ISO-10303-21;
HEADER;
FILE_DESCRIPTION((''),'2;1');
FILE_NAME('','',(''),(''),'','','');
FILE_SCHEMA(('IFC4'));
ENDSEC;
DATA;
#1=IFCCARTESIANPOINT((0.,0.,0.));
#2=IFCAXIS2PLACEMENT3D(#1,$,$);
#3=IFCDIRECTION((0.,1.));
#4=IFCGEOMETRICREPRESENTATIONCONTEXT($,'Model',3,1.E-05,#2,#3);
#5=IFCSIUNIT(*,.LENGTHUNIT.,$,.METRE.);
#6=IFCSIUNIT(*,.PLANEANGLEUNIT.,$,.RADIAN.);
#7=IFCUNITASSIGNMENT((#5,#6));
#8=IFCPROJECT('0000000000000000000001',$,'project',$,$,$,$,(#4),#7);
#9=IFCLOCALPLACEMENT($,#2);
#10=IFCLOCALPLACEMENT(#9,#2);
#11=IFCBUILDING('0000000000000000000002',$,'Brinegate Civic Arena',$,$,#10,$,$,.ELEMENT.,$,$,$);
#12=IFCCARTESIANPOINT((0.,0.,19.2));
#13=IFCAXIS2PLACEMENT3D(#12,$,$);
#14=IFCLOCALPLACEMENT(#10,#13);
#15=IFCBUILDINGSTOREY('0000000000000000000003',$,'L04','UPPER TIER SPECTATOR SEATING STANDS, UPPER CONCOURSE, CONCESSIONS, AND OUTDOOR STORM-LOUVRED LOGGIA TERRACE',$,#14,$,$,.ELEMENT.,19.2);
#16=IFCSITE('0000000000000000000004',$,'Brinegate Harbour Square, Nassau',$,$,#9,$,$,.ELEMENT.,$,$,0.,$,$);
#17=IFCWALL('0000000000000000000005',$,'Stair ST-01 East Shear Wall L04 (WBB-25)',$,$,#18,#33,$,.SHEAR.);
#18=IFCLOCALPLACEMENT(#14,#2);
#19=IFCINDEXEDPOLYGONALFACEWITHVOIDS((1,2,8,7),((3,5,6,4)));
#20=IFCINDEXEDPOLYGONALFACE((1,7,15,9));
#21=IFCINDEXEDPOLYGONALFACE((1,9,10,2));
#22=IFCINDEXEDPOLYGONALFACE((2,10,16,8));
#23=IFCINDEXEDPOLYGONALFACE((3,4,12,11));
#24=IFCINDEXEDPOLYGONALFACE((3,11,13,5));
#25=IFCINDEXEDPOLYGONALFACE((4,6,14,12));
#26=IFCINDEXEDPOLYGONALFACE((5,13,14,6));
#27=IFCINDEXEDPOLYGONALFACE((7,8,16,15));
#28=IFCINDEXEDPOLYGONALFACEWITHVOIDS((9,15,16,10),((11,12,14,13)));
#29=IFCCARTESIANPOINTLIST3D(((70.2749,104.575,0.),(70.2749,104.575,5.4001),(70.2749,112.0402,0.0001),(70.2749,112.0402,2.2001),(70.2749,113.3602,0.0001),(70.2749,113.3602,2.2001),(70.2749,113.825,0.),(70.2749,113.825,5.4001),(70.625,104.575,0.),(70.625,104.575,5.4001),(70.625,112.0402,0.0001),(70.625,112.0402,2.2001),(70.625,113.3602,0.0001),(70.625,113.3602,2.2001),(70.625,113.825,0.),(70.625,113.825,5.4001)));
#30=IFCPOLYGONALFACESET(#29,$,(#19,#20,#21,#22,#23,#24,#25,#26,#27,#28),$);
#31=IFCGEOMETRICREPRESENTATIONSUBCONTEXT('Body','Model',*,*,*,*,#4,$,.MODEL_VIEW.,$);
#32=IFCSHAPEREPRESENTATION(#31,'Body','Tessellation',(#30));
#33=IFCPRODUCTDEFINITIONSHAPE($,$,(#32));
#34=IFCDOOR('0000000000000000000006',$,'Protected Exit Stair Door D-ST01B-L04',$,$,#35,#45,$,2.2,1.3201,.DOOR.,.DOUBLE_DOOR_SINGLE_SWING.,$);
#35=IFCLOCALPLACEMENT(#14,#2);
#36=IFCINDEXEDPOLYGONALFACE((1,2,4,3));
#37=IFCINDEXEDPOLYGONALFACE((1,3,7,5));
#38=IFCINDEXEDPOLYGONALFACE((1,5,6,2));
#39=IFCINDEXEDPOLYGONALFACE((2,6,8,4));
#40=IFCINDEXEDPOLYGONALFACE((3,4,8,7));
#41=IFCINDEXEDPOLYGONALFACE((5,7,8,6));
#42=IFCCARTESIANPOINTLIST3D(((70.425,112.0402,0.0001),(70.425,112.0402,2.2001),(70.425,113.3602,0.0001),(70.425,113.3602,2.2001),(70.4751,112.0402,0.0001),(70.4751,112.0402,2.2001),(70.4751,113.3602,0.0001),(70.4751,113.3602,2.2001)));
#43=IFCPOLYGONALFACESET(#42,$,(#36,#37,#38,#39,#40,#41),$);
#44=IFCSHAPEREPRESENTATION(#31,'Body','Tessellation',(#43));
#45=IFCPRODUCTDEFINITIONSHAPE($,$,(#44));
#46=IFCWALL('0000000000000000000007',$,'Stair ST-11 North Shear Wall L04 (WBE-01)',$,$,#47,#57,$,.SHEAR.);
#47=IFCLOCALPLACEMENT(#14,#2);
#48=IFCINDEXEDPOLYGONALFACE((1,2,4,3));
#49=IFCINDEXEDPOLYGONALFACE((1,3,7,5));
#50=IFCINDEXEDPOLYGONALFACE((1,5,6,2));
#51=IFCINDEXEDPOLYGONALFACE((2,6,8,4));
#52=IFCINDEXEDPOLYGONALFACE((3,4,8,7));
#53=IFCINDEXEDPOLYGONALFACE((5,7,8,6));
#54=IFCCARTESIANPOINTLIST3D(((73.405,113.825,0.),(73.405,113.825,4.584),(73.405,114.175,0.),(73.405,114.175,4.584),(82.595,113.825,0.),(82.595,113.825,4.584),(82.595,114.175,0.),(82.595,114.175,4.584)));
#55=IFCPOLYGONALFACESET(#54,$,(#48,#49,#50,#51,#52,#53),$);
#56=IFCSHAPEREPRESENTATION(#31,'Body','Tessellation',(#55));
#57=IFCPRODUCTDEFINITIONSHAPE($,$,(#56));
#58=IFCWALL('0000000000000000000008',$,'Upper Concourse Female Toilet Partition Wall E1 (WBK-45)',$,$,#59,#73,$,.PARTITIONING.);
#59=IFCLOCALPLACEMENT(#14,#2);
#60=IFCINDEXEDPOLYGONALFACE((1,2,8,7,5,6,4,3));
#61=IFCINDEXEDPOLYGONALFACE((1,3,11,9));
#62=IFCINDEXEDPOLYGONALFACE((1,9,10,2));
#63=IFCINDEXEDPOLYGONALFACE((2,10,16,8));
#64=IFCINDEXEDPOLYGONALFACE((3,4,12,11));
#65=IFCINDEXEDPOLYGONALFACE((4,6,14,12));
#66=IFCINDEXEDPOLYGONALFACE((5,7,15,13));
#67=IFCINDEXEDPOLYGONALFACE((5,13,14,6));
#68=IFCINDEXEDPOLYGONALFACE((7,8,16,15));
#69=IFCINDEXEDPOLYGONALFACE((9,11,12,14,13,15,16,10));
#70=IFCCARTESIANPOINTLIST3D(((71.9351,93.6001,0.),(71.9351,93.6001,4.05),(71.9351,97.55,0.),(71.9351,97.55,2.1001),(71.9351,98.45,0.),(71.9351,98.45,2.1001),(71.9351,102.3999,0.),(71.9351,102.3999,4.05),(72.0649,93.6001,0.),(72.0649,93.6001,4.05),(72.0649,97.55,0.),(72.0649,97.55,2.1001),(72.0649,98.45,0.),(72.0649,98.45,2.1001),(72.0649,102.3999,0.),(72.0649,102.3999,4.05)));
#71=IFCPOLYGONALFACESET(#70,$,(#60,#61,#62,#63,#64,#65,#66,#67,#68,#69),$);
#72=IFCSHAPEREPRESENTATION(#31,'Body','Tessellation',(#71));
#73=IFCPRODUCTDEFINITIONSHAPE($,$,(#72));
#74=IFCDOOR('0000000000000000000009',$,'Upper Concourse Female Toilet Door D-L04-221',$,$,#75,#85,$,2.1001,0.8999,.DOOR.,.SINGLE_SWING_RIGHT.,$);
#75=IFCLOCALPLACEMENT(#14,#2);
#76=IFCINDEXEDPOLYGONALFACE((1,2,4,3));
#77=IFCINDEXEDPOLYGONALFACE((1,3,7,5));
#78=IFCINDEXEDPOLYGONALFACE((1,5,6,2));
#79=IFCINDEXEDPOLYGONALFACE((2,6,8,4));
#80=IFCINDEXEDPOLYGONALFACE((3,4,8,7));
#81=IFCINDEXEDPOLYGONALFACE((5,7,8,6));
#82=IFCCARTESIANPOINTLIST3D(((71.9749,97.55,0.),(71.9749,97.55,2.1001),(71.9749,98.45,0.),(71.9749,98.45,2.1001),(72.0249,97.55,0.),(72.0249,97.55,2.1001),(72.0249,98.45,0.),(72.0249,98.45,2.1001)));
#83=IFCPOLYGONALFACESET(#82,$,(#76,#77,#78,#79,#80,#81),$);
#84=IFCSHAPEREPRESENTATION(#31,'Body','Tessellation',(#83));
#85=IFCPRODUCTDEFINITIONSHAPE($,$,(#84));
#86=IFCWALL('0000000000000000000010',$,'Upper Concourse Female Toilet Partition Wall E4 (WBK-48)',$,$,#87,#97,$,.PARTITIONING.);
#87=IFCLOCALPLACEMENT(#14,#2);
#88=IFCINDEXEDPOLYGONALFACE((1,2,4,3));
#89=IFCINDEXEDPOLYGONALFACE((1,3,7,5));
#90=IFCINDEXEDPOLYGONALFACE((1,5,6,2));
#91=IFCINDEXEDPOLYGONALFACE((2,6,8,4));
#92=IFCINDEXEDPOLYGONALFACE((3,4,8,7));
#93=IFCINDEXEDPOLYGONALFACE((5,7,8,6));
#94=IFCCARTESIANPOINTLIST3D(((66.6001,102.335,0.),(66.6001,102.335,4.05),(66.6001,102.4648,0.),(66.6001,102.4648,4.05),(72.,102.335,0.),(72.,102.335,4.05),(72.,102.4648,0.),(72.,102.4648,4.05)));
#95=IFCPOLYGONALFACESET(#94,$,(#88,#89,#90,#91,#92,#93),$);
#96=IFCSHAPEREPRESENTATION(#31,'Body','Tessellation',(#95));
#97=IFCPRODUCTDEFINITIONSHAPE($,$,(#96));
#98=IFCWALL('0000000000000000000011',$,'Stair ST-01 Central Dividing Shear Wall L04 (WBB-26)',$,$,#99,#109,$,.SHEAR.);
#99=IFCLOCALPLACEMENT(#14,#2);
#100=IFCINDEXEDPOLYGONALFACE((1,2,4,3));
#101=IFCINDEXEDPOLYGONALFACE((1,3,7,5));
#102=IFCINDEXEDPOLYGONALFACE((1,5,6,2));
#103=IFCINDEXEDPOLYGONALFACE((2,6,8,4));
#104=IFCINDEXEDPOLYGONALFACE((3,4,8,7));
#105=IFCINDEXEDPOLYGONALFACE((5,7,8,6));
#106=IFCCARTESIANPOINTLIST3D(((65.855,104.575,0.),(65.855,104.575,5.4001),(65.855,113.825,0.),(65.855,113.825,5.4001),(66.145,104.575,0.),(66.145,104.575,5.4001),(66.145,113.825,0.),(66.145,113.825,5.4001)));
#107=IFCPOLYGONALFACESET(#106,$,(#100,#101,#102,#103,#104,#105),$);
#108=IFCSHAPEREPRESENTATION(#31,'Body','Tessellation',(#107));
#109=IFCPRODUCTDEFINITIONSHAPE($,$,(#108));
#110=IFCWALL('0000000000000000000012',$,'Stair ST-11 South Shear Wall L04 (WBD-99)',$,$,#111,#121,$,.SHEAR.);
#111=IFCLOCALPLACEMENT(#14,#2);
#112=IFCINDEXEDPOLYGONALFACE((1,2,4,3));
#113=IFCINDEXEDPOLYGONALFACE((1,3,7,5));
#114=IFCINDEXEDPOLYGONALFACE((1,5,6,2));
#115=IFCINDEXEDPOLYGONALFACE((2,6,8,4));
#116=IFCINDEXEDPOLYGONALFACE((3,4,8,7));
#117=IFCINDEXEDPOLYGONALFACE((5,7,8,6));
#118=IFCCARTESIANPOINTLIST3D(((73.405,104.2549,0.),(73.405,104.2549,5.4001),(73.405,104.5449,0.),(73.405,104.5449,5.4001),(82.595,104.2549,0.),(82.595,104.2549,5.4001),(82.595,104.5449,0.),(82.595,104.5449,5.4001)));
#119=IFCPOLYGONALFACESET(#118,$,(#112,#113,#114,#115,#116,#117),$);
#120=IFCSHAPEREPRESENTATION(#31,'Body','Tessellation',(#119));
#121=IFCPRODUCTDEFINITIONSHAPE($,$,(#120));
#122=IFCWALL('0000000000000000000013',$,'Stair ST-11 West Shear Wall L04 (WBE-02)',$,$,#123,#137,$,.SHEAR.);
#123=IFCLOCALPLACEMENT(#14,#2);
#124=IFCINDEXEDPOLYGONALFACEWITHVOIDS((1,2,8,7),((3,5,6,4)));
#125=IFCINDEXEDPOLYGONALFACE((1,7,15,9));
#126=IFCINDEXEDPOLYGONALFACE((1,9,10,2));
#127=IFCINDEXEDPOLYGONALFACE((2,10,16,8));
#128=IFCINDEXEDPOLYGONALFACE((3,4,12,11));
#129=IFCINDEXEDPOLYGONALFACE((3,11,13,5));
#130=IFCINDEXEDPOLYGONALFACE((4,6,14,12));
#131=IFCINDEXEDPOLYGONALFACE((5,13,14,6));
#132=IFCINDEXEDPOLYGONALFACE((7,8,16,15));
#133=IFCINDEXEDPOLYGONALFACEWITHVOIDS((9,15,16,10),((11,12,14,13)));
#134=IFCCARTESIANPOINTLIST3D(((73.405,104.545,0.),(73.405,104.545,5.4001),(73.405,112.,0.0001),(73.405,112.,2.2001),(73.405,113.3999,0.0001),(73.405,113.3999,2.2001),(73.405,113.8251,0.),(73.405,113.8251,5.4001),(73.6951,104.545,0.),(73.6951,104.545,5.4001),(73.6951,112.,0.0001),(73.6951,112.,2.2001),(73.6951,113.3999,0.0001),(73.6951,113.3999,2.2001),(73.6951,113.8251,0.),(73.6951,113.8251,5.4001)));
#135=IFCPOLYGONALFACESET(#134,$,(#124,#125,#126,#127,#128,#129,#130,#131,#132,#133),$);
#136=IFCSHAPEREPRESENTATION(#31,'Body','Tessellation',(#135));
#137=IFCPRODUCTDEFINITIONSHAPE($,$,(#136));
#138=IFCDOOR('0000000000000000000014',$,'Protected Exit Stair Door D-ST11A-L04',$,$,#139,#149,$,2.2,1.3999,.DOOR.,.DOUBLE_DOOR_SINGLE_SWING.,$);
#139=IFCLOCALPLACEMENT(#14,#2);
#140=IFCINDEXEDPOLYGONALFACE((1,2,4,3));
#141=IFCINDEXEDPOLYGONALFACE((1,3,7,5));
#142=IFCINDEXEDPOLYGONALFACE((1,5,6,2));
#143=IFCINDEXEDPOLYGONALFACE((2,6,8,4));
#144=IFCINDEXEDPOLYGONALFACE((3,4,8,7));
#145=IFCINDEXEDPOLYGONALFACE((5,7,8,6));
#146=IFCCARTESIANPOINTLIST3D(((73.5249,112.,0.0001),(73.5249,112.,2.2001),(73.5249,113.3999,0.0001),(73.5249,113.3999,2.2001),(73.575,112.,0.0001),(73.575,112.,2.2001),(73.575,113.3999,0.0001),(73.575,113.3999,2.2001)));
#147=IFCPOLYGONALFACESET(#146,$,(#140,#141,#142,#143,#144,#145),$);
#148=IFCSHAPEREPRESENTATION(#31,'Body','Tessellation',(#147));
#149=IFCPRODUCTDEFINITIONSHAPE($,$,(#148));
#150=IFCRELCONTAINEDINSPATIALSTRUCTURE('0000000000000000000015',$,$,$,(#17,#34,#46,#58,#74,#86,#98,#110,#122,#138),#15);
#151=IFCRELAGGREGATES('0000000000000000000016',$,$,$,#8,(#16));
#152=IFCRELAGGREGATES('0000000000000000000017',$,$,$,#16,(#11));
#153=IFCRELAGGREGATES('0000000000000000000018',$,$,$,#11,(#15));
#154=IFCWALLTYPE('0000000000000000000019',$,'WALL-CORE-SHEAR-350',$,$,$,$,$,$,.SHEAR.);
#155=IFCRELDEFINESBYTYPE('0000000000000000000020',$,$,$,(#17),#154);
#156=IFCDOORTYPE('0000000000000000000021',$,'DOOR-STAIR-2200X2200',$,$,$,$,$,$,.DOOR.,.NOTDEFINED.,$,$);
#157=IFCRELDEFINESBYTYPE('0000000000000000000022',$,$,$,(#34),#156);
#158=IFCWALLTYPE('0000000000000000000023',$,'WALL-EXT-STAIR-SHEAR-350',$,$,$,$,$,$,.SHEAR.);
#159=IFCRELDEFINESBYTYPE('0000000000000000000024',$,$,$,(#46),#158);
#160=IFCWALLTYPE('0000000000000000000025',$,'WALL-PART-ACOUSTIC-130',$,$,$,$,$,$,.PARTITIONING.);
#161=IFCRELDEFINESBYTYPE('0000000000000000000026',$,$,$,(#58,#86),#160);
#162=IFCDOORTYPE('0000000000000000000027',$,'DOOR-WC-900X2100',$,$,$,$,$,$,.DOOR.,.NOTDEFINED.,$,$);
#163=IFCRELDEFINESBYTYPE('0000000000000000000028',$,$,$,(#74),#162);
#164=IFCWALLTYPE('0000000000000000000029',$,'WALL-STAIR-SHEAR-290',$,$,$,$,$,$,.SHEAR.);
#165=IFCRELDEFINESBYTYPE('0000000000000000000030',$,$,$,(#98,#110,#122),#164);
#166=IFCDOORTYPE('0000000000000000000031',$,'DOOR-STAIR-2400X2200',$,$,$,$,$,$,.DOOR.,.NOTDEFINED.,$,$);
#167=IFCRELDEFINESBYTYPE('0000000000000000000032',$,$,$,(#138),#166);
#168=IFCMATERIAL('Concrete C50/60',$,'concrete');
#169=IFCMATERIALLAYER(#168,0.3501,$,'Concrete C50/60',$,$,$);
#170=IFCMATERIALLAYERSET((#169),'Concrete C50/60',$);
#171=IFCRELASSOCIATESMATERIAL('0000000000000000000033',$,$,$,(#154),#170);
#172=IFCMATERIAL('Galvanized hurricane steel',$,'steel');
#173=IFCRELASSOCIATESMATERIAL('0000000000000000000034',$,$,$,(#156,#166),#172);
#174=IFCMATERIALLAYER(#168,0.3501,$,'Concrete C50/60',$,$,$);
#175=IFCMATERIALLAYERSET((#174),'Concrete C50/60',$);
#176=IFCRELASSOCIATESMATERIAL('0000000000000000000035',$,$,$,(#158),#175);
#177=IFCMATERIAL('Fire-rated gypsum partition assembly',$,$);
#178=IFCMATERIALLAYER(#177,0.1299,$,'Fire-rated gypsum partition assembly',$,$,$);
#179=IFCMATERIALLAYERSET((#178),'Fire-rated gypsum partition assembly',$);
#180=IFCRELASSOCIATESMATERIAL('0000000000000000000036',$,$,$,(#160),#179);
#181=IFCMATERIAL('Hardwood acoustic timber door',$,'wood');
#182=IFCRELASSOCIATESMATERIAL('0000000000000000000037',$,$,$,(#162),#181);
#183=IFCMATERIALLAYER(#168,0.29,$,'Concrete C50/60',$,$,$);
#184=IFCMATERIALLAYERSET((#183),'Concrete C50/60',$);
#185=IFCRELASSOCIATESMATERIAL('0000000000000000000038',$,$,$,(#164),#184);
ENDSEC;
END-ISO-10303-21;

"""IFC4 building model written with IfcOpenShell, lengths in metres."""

from ifc_helpers import new_model, si_unit, direction, frame, frame_2d, origin, place, context, subcontext, project, spatial, rectangle, extrude, material, layer, layer_set, type_object, element, fill, save


model = new_model("IFC4")

# Units and contexts
model_context = context("Model", 3, precision=1e-05, world=origin(), true_north=direction((0.0, 1.0)))
body_context = subcontext(model_context, "Body", "Model", "MODEL_VIEW")
ifc_project = project(units=[si_unit("LENGTHUNIT", "METRE"), si_unit("PLANEANGLEUNIT", "RADIAN")], contexts=[model_context])

# Site, building, storey
site_placement = place(None, origin())
site = spatial("IfcSite", under=ifc_project, at=site_placement, Name="Brinegate Harbour Square, Nassau", CompositionType="ELEMENT", RefElevation=0.0)
building_placement = place(site_placement, origin())
building = spatial("IfcBuilding", under=site, at=building_placement, Name="Brinegate Civic Arena", CompositionType="ELEMENT")
storey_placement = place(building_placement, frame((0.0, 0.0, 19.2)))
storey = spatial("IfcBuildingStorey", under=building, at=storey_placement, Name="L04", Description="UPPER TIER SPECTATOR SEATING STANDS, UPPER CONCOURSE, CONCESSIONS, AND OUTDOOR STORM-LOUVRED LOGGIA TERRACE", CompositionType="ELEMENT", Elevation=19.2)

# Shared definitions
ifc_material_1 = material(Name="Concrete C50/60", Category="concrete")

# Wall, opening, door
ifc_layer_1 = layer(ifc_material_1, 0.3501, Name="Concrete C50/60")
ifc_layer_set_1 = layer_set([ifc_layer_1], Name="Concrete C50/60")
wall_type_1 = type_object("IfcWallType", Name="WALL-CORE-SHEAR-350", PredefinedType="SHEAR", material=ifc_layer_set_1)
wall_1_placement = place(storey_placement, frame((70.45, 104.575, 0.0), z_axis=(0.0, 0.0, 1.0), x_axis=(0.0, 1.0, 0.0)))
wall_1 = element("IfcWall", 1, at=wall_1_placement, inside=storey, type_object=wall_type_1, Name="Stair ST-01 East Shear Wall L04 (WBB-25)", PredefinedType="SHEAR", context=body_context, shape_type="SweptSolid", body=[
    extrude(rectangle(XDim=9.25, YDim=0.3501, at=frame_2d((4.625, 0.0))), origin(), (0.0, 0.0, 1.0), 5.4001),
])
opening_1_placement = place(wall_1_placement, frame((7.4651, 0.0, 0.0)))
opening_1 = element("IfcOpeningElement", 2, at=opening_1_placement, cuts=wall_1, PredefinedType="OPENING", context=body_context, shape_type="SweptSolid", body=[
    extrude(rectangle(XDim=1.3201, YDim=2.2, at=frame_2d((0.6602, 1.1001))), frame((0.0, 0.1851, 0.0), z_axis=(0.0, -1.0, 0.0), x_axis=(1.0, 0.0, 0.0)), (0.0, 0.0, 1.0), 0.3701),
])
ifc_material_2 = material(Name="Galvanized hurricane steel", Category="steel")
door_type_1 = type_object("IfcDoorType", Name="DOOR-STAIR-2200X2200", OperationType="NOTDEFINED", PredefinedType="DOOR", material=ifc_material_2)
door_1_placement = place(opening_1_placement, origin())
door_1 = element("IfcDoor", 3, at=door_1_placement, inside=storey, type_object=door_type_1, Name="Protected Exit Stair Door D-ST01B-L04", OperationType="DOUBLE_DOOR_SINGLE_SWING", OverallHeight=2.2, OverallWidth=1.3201, PredefinedType="DOOR", context=body_context, shape_type="SweptSolid", body=[
    extrude(rectangle(XDim=1.3201, YDim=2.2, at=frame_2d((0.6602, 1.1001))), frame((0.0, 0.0249, 0.0), z_axis=(0.0, -1.0, 0.0), x_axis=(1.0, 0.0, 0.0)), (0.0, 0.0, 1.0), 0.05),
])
fill(opening_1, door_1)

# Wall
ifc_layer_2 = layer(ifc_material_1, 0.3501, Name="Concrete C50/60")
ifc_layer_set_2 = layer_set([ifc_layer_2], Name="Concrete C50/60")
wall_type_2 = type_object("IfcWallType", Name="WALL-EXT-STAIR-SHEAR-350", PredefinedType="SHEAR", material=ifc_layer_set_2)
wall_2_placement = place(storey_placement, frame((73.405, 114.0, 0.0), z_axis=(0.0, 0.0, 1.0), x_axis=(1.0, 0.0, 0.0)))
element("IfcWall", 4, at=wall_2_placement, inside=storey, type_object=wall_type_2, Name="Stair ST-11 North Shear Wall L04 (WBE-01)", PredefinedType="SHEAR", context=body_context, shape_type="SweptSolid", body=[
    extrude(rectangle(XDim=9.1899, YDim=0.3501, at=frame_2d((4.595, 0.0))), origin(), (0.0, 0.0, 1.0), 4.584),
])

# Wall, opening, door
ifc_material_3 = material(Name="Fire-rated gypsum partition assembly")
ifc_layer_3 = layer(ifc_material_3, 0.1299, Name="Fire-rated gypsum partition assembly")
ifc_layer_set_3 = layer_set([ifc_layer_3], Name="Fire-rated gypsum partition assembly")
wall_type_3 = type_object("IfcWallType", Name="WALL-PART-ACOUSTIC-130", PredefinedType="PARTITIONING", material=ifc_layer_set_3)
wall_3_placement = place(storey_placement, frame((72.0, 102.3999, 0.0), z_axis=(0.0, 0.0, 1.0), x_axis=(0.0, -1.0, 0.0)))
wall_3 = element("IfcWall", 5, at=wall_3_placement, inside=storey, type_object=wall_type_3, Name="Upper Concourse Female Toilet Partition Wall E1 (WBK-45)", PredefinedType="PARTITIONING", context=body_context, shape_type="SweptSolid", body=[
    extrude(rectangle(XDim=8.7998, YDim=0.1299, at=frame_2d((4.3999, 0.0))), origin(), (0.0, 0.0, 1.0), 4.05),
])
opening_2_placement = place(wall_3_placement, frame((3.95, 0.0, 0.0)))
opening_2 = element("IfcOpeningElement", 6, at=opening_2_placement, cuts=wall_3, PredefinedType="OPENING", context=body_context, shape_type="SweptSolid", body=[
    extrude(rectangle(XDim=0.8999, YDim=2.1001, at=frame_2d((0.45, 1.05))), frame((0.0, 0.075, 0.0), z_axis=(0.0, -1.0, 0.0), x_axis=(1.0, 0.0, 0.0)), (0.0, 0.0, 1.0), 0.1499),
])
ifc_material_4 = material(Name="Hardwood acoustic timber door", Category="wood")
door_type_2 = type_object("IfcDoorType", Name="DOOR-WC-900X2100", OperationType="NOTDEFINED", PredefinedType="DOOR", material=ifc_material_4)
door_2_placement = place(opening_2_placement, origin())
door_2 = element("IfcDoor", 7, at=door_2_placement, inside=storey, type_object=door_type_2, Name="Upper Concourse Female Toilet Door D-L04-221", OperationType="SINGLE_SWING_RIGHT", OverallHeight=2.1001, OverallWidth=0.8999, PredefinedType="DOOR", context=body_context, shape_type="SweptSolid", body=[
    extrude(rectangle(XDim=0.8999, YDim=2.1001, at=frame_2d((0.45, 1.05))), frame((0.0, 0.0249, 0.0), z_axis=(0.0, -1.0, 0.0), x_axis=(1.0, 0.0, 0.0)), (0.0, 0.0, 1.0), 0.05),
])
fill(opening_2, door_2)

# Walls
wall_4_placement = place(storey_placement, frame((66.6001, 102.3999, 0.0), z_axis=(0.0, 0.0, 1.0), x_axis=(1.0, 0.0, 0.0)))
element("IfcWall", 8, at=wall_4_placement, inside=storey, type_object=wall_type_3, Name="Upper Concourse Female Toilet Partition Wall E4 (WBK-48)", PredefinedType="PARTITIONING", context=body_context, shape_type="SweptSolid", body=[
    extrude(rectangle(XDim=5.3999, YDim=0.1299, at=frame_2d((2.7, 0.0))), origin(), (0.0, 0.0, 1.0), 4.05),
])
ifc_layer_4 = layer(ifc_material_1, 0.29, Name="Concrete C50/60")
ifc_layer_set_4 = layer_set([ifc_layer_4], Name="Concrete C50/60")
wall_type_4 = type_object("IfcWallType", Name="WALL-STAIR-SHEAR-290", PredefinedType="SHEAR", material=ifc_layer_set_4)
wall_5_placement = place(storey_placement, frame((66.0, 104.575, 0.0), z_axis=(0.0, 0.0, 1.0), x_axis=(0.0, 1.0, 0.0)))
element("IfcWall", 9, at=wall_5_placement, inside=storey, type_object=wall_type_4, Name="Stair ST-01 Central Dividing Shear Wall L04 (WBB-26)", PredefinedType="SHEAR", context=body_context, shape_type="SweptSolid", body=[
    extrude(rectangle(XDim=9.25, YDim=0.29, at=frame_2d((4.625, 0.0))), origin(), (0.0, 0.0, 1.0), 5.4001),
])
wall_6_placement = place(storey_placement, frame((73.405, 104.3999, 0.0), z_axis=(0.0, 0.0, 1.0), x_axis=(1.0, 0.0, 0.0)))
element("IfcWall", 10, at=wall_6_placement, inside=storey, type_object=wall_type_4, Name="Stair ST-11 South Shear Wall L04 (WBD-99)", PredefinedType="SHEAR", context=body_context, shape_type="SweptSolid", body=[
    extrude(rectangle(XDim=9.1899, YDim=0.29, at=frame_2d((4.595, 0.0))), origin(), (0.0, 0.0, 1.0), 5.4001),
])

# Wall, opening, door
wall_7_placement = place(storey_placement, frame((73.55, 104.5449, 0.0), z_axis=(0.0, 0.0, 1.0), x_axis=(0.0, 1.0, 0.0)))
wall_7 = element("IfcWall", 11, at=wall_7_placement, inside=storey, type_object=wall_type_4, Name="Stair ST-11 West Shear Wall L04 (WBE-02)", PredefinedType="SHEAR", context=body_context, shape_type="SweptSolid", body=[
    extrude(rectangle(XDim=9.28, YDim=0.29, at=frame_2d((4.6401, 0.0))), origin(), (0.0, 0.0, 1.0), 5.4001),
])
opening_3_placement = place(wall_7_placement, frame((7.4551, 0.0, 0.0)))
opening_3 = element("IfcOpeningElement", 12, at=opening_3_placement, cuts=wall_7, PredefinedType="OPENING", context=body_context, shape_type="SweptSolid", body=[
    extrude(rectangle(XDim=1.3999, YDim=2.2, at=frame_2d((0.7, 1.1001))), frame((0.0, 0.155, 0.0), z_axis=(0.0, -1.0, 0.0), x_axis=(1.0, 0.0, 0.0)), (0.0, 0.0, 1.0), 0.3101),
])
door_type_3 = type_object("IfcDoorType", Name="DOOR-STAIR-2400X2200", OperationType="NOTDEFINED", PredefinedType="DOOR", material=ifc_material_2)
door_3_placement = place(opening_3_placement, frame((1.3999, 0.0, 0.0), z_axis=(0.0, 0.0, 1.0), x_axis=(-1.0, 0.0, 0.0)))
door_3 = element("IfcDoor", 13, at=door_3_placement, inside=storey, type_object=door_type_3, Name="Protected Exit Stair Door D-ST11A-L04", OperationType="DOUBLE_DOOR_SINGLE_SWING", OverallHeight=2.2, OverallWidth=1.3999, PredefinedType="DOOR", context=body_context, shape_type="SweptSolid", body=[
    extrude(rectangle(XDim=1.3999, YDim=2.2, at=frame_2d((0.7, 1.1001))), frame((0.0, 0.0249, 0.0), z_axis=(0.0, -1.0, 0.0), x_axis=(1.0, 0.0, 0.0)), (0.0, 0.0, 1.0), 0.05),
])
fill(opening_3, door_3)

save(model, "model.ifc")
